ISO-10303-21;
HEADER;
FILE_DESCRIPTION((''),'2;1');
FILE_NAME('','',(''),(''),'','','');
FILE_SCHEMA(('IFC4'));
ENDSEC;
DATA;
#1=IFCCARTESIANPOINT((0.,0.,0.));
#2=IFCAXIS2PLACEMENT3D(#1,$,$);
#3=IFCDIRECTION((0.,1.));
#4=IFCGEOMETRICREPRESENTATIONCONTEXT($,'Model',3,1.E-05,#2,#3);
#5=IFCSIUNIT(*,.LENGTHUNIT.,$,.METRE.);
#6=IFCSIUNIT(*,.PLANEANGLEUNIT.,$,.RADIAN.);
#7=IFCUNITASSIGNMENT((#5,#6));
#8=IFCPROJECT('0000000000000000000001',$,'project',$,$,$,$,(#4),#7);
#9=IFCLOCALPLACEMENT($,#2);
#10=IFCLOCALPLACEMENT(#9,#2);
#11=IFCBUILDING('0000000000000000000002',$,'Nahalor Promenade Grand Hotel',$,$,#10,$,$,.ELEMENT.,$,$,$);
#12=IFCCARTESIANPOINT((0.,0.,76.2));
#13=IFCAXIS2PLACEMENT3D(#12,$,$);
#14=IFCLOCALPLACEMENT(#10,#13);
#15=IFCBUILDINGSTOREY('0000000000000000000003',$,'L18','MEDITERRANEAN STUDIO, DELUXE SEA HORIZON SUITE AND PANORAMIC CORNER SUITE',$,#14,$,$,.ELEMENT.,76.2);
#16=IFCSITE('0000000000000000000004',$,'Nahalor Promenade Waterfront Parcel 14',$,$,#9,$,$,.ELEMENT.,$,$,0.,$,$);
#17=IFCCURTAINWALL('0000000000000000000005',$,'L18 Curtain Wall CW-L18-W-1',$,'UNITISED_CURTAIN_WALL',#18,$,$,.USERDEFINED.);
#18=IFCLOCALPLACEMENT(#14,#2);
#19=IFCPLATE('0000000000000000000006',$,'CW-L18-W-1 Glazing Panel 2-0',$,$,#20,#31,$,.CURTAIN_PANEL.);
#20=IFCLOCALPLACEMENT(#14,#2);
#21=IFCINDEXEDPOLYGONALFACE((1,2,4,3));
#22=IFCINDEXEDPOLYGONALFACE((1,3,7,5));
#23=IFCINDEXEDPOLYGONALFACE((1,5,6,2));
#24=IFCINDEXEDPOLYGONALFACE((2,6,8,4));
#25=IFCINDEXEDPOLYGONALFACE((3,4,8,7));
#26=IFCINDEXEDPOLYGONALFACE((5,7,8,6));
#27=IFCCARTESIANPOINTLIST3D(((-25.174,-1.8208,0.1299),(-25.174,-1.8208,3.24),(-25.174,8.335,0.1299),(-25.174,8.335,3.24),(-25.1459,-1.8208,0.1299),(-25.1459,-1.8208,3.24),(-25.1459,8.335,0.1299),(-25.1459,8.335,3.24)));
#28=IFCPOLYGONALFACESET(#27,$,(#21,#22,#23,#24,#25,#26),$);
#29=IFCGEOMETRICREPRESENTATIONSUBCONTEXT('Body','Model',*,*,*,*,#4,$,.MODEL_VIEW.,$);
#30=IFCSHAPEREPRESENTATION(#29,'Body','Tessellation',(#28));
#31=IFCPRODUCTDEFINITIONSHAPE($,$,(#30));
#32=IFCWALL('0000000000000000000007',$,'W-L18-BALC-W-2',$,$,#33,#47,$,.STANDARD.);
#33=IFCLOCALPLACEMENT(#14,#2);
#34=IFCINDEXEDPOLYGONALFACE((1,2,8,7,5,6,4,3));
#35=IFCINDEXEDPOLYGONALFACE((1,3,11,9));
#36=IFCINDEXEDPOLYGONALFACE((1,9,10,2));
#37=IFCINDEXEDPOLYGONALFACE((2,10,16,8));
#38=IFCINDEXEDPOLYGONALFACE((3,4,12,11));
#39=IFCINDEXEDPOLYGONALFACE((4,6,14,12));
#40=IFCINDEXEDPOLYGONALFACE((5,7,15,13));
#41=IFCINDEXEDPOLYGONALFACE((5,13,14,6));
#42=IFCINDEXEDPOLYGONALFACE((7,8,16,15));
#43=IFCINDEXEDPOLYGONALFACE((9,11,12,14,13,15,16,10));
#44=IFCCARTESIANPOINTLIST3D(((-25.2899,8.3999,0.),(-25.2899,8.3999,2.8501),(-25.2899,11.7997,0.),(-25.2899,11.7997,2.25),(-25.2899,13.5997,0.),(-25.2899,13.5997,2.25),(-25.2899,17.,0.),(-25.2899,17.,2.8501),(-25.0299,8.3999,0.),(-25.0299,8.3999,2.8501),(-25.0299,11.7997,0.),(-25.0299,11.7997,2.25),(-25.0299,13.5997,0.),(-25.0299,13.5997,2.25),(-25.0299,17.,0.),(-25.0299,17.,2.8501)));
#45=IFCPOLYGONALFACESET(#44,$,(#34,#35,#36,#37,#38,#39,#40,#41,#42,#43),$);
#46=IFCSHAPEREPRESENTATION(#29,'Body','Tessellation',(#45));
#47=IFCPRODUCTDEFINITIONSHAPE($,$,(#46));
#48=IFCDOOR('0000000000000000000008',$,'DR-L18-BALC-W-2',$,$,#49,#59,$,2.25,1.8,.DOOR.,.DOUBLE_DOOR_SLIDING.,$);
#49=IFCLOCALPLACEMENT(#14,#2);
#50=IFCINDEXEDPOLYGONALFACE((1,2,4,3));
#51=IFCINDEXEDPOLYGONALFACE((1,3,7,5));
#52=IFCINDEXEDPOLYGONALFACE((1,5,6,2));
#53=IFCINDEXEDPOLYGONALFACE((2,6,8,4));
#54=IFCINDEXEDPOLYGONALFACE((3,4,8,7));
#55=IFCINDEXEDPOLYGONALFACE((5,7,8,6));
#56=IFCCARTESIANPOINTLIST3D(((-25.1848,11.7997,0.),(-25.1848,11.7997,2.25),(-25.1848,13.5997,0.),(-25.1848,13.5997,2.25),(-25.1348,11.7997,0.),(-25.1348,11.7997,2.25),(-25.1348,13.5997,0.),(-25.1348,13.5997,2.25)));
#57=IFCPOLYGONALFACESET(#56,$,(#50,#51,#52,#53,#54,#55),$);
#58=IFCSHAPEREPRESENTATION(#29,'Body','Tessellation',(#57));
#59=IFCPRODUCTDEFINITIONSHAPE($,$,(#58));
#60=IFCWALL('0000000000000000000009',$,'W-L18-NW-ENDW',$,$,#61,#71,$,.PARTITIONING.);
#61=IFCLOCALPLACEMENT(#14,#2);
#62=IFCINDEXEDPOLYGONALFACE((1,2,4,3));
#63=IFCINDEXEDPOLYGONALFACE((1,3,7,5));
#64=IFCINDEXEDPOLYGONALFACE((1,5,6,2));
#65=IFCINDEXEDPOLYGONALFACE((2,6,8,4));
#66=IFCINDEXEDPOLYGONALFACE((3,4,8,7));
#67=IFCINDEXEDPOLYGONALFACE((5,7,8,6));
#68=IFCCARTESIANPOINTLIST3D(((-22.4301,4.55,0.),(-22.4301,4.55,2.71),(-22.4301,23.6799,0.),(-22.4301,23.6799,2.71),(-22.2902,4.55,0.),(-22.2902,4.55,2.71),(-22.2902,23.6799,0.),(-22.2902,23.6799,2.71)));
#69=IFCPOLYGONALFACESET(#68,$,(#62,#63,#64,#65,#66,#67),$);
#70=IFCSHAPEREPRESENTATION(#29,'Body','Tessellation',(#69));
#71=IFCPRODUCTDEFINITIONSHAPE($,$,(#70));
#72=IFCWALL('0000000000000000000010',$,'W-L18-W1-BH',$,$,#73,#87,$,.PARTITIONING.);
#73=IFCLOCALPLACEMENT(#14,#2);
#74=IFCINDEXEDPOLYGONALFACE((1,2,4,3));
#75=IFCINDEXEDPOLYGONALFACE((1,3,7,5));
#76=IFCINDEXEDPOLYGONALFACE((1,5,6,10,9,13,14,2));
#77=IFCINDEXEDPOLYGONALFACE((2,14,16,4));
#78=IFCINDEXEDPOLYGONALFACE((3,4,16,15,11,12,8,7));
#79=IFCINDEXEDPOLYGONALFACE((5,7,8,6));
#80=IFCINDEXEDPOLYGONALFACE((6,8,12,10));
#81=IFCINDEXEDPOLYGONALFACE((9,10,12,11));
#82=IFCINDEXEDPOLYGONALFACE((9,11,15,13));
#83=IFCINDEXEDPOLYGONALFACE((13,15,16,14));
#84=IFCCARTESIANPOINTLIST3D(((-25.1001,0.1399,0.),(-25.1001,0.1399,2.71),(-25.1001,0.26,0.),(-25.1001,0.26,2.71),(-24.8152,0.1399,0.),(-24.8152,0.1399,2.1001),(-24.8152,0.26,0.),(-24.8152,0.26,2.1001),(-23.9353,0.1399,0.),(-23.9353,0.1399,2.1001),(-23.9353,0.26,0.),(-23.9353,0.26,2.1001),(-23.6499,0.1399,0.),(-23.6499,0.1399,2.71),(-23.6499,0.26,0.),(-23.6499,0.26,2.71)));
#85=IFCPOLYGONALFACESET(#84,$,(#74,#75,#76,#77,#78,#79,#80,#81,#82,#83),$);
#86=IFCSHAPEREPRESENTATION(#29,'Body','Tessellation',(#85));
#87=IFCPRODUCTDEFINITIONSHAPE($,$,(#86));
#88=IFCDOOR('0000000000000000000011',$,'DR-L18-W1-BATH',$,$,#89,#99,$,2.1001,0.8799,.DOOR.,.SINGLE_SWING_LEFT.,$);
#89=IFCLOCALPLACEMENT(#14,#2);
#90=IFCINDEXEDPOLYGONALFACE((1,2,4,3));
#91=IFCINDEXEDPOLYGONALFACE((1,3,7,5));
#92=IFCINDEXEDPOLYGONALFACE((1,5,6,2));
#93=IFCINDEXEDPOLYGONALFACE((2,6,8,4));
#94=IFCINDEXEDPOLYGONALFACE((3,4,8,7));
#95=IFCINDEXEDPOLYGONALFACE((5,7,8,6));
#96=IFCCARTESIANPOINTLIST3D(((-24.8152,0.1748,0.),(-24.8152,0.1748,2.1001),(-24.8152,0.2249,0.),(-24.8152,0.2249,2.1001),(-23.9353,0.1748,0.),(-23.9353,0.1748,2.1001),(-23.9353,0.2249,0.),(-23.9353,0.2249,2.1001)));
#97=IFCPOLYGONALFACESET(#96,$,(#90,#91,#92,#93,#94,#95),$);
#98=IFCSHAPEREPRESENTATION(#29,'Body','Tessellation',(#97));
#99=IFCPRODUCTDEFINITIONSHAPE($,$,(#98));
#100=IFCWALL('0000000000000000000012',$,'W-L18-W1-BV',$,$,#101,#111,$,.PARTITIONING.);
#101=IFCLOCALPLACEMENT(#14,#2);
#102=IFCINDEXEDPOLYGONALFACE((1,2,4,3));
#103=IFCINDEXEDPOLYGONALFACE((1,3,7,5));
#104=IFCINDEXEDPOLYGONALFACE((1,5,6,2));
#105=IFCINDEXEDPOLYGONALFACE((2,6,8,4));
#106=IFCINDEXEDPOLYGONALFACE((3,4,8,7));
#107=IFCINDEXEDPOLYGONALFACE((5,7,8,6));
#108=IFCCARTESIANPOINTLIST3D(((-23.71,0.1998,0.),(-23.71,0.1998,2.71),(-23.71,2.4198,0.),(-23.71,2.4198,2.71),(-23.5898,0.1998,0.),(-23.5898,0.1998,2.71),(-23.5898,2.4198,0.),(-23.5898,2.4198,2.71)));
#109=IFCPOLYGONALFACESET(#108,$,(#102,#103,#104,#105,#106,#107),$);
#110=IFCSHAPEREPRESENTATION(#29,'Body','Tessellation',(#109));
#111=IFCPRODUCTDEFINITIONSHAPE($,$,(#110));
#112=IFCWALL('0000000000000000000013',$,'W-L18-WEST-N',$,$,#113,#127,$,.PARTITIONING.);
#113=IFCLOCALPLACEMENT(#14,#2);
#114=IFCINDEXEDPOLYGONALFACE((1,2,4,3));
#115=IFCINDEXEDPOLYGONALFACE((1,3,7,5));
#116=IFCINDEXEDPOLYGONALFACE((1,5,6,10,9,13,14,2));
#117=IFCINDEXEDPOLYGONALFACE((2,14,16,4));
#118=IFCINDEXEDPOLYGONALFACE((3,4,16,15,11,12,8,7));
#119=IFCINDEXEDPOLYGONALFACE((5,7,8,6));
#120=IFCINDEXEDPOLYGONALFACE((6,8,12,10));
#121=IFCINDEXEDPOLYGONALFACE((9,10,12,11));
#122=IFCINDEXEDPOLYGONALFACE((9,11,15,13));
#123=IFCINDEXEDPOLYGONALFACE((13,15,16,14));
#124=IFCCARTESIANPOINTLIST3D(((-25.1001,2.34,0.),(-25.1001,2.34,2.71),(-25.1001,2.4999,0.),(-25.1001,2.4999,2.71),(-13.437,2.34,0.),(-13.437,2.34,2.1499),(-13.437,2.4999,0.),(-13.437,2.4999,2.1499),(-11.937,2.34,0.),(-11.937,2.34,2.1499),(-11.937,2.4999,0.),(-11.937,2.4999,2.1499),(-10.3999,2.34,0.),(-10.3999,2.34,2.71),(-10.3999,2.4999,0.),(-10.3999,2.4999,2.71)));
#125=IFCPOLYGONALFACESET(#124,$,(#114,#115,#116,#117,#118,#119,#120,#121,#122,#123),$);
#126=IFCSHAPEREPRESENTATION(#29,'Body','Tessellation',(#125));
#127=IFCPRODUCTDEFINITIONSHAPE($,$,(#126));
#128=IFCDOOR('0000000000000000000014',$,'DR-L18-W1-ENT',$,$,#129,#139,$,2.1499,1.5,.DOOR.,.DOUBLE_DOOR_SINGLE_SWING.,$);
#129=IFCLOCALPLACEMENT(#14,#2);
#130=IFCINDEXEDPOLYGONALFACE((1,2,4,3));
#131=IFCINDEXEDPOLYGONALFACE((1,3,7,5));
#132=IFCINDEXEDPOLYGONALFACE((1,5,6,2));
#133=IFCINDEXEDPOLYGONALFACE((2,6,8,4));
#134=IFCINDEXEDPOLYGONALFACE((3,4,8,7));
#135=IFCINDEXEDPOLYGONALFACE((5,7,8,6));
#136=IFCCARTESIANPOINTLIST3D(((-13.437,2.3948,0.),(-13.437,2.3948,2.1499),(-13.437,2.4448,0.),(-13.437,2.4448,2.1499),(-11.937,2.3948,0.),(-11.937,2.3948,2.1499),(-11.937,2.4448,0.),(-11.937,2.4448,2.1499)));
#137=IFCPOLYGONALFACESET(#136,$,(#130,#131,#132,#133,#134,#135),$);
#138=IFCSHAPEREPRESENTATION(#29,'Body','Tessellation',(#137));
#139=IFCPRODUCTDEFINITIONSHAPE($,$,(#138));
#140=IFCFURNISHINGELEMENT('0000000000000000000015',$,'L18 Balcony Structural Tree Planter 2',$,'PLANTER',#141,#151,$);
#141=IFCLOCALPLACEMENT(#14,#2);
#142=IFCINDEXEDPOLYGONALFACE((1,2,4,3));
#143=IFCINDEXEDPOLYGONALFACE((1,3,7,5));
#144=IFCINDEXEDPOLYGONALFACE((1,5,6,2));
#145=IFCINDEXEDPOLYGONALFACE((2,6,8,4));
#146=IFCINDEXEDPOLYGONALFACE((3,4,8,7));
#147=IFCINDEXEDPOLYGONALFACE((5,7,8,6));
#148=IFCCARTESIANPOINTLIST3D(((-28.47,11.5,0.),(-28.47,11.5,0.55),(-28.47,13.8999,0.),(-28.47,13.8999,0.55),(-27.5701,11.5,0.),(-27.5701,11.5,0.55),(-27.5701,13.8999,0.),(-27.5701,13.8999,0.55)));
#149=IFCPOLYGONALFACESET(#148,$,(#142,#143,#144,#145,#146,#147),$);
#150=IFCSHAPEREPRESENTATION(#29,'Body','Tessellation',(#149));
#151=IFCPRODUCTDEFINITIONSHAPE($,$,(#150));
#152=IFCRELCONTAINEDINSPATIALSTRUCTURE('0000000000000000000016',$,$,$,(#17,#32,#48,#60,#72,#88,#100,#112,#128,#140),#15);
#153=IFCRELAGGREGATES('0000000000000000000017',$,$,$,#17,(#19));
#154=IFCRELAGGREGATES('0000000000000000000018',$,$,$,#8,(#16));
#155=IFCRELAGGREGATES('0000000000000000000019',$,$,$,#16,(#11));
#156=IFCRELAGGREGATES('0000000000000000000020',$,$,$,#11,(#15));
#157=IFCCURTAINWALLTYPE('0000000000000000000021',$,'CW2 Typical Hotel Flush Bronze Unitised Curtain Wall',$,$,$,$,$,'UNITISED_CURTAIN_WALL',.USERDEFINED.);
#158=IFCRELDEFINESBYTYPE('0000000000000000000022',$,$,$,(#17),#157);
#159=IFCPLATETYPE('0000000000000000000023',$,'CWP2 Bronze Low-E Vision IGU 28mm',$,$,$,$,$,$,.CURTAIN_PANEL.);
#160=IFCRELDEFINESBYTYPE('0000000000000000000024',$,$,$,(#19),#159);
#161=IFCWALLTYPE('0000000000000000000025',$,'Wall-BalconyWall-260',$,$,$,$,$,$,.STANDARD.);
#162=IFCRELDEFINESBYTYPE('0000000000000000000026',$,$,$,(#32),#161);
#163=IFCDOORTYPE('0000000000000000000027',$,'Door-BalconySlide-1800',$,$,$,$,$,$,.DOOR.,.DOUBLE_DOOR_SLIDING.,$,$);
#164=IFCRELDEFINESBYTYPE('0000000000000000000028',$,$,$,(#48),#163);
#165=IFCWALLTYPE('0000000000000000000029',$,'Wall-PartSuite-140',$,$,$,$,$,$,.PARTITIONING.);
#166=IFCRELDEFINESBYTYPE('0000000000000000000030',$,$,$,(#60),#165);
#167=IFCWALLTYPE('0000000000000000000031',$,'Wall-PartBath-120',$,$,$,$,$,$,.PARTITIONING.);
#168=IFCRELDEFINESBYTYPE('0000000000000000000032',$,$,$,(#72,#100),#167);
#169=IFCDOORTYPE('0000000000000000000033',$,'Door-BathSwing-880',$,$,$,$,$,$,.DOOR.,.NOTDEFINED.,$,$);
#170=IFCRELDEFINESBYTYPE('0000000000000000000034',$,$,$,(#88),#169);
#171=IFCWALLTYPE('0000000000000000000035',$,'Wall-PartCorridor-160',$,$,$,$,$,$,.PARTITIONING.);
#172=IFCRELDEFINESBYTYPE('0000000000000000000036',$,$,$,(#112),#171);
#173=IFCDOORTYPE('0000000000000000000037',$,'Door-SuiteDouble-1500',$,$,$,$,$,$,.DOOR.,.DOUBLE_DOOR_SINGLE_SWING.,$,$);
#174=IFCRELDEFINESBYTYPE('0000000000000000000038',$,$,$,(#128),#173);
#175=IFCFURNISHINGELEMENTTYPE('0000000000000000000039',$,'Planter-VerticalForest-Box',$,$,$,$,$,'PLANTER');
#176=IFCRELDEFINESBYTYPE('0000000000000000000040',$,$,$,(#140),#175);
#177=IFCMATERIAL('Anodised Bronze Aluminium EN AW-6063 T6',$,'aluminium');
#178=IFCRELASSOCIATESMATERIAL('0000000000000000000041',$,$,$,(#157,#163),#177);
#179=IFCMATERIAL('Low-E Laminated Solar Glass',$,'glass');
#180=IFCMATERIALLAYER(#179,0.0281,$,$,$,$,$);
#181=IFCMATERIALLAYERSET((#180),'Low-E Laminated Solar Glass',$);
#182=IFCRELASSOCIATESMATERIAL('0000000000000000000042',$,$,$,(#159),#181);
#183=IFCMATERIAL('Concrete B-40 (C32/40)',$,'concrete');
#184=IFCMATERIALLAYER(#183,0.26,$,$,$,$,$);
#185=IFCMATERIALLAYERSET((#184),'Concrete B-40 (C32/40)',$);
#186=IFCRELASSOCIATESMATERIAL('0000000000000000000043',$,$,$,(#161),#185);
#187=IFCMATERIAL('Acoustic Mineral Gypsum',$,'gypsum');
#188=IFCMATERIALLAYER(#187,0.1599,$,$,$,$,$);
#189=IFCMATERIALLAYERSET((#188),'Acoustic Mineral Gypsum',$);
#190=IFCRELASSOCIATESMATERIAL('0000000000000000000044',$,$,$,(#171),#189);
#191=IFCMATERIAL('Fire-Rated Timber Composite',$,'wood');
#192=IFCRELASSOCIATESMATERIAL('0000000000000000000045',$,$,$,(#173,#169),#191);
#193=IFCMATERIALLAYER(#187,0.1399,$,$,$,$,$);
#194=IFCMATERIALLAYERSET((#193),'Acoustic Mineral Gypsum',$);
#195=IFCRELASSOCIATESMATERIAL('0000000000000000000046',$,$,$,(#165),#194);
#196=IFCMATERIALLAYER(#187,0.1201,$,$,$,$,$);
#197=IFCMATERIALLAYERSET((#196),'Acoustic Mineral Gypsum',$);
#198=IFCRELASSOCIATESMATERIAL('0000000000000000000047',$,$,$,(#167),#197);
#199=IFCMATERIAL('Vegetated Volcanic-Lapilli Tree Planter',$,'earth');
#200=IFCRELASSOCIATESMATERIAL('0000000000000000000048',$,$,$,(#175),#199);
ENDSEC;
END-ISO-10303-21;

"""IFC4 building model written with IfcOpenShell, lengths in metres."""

from ifc_helpers import new_model, si_unit, direction, frame, frame_2d, origin, origin_2d, place, context, subcontext, project, spatial, rectangle, extrude, source, transform, mapped, material, layer, layer_set, type_object, element, fill, aggregate, save


model = new_model("IFC4")

# Units and contexts
model_context = context("Model", 3, precision=1e-05, world=origin(), true_north=direction((0.0, 1.0)))
body_context = subcontext(model_context, "Body", "Model", "MODEL_VIEW")
ifc_project = project(units=[si_unit("LENGTHUNIT", "METRE"), si_unit("PLANEANGLEUNIT", "RADIAN")], contexts=[model_context])

# Site, building, storey
site_placement = place(None, origin())
site = spatial("IfcSite", under=ifc_project, at=site_placement, Name="Nahalor Promenade Waterfront Parcel 14", CompositionType="ELEMENT", RefElevation=0.0)
building_placement = place(site_placement, origin())
building = spatial("IfcBuilding", under=site, at=building_placement, Name="Nahalor Promenade Grand Hotel", CompositionType="ELEMENT")
storey_placement = place(building_placement, frame((0.0, 0.0, 76.2)))
storey = spatial("IfcBuildingStorey", under=building, at=storey_placement, Name="L18", Description="MEDITERRANEAN STUDIO, DELUXE SEA HORIZON SUITE AND PANORAMIC CORNER SUITE", CompositionType="ELEMENT", Elevation=76.2)

# Curtain wall, plate
ifc_material_1 = material(Name="Anodised Bronze Aluminium EN AW-6063 T6", Category="aluminium")
curtain_wall_type = type_object("IfcCurtainWallType", Name="CW2 Typical Hotel Flush Bronze Unitised Curtain Wall", ElementType="UNITISED_CURTAIN_WALL", PredefinedType="USERDEFINED", material=ifc_material_1)
curtain_wall_placement = place(storey_placement, origin())
curtain_wall = element("IfcCurtainWall", 1, at=curtain_wall_placement, inside=storey, type_object=curtain_wall_type, Name="L18 Curtain Wall CW-L18-W-1", ObjectType="UNITISED_CURTAIN_WALL", PredefinedType="USERDEFINED")
ifc_material_2 = material(Name="Low-E Laminated Solar Glass", Category="glass")
ifc_layer_1 = layer(ifc_material_2, 0.0281)
ifc_layer_set_1 = layer_set([ifc_layer_1], Name="Low-E Laminated Solar Glass")
plate_type = type_object("IfcPlateType", Name="CWP2 Bronze Low-E Vision IGU 28mm", PredefinedType="CURTAIN_PANEL", material=ifc_layer_set_1)
shared_shape_1 = source(origin(), body_context, "Body", "SweptSolid", [
    extrude(rectangle(XDim=10.1558, YDim=0.0281, at=origin_2d()), origin(), (0.0, 0.0, 1.0), 3.1101),
])
plate_placement = place(storey_placement, frame((-25.1599, 3.2571, 0.1299), z_axis=(0.0, 0.0, 1.0), x_axis=(0.0, 1.0, 0.0)))
plate = element("IfcPlate", 2, at=plate_placement, type_object=plate_type, Name="CW-L18-W-1 Glazing Panel 2-0", PredefinedType="CURTAIN_PANEL", context=body_context, shape_type="MappedRepresentation", body=[
    mapped(shared_shape_1, transform((0.0, 0.0, 0.0), scale=1.0)),
])
aggregate(curtain_wall, [plate])

# Wall, opening, door
ifc_material_3 = material(Name="Concrete B-40 (C32/40)", Category="concrete")
ifc_layer_2 = layer(ifc_material_3, 0.26)
ifc_layer_set_2 = layer_set([ifc_layer_2], Name="Concrete B-40 (C32/40)")
wall_type_1 = type_object("IfcWallType", Name="Wall-BalconyWall-260", PredefinedType="STANDARD", material=ifc_layer_set_2)
shared_shape_2 = source(origin(), body_context, "Body", "SweptSolid", [
    extrude(rectangle(XDim=8.6001, YDim=0.26, at=frame_2d((4.3, 0.0))), origin(), (0.0, 0.0, 1.0), 2.8501),
])
wall_1_placement = place(storey_placement, frame((-25.1599, 8.3999, 0.0), z_axis=(0.0, 0.0, 1.0), x_axis=(0.0, 1.0, 0.0)))
wall_1 = element("IfcWall", 3, at=wall_1_placement, inside=storey, type_object=wall_type_1, Name="W-L18-BALC-W-2", PredefinedType="STANDARD", context=body_context, shape_type="MappedRepresentation", body=[
    mapped(shared_shape_2, transform((0.0, 0.0, 0.0), scale=1.0)),
])
opening_1_placement = place(wall_1_placement, frame((3.3999, 0.0, 0.0)))
opening_1 = element("IfcOpeningElement", 4, at=opening_1_placement, cuts=wall_1, PredefinedType="OPENING", context=body_context, shape_type="SweptSolid", body=[
    extrude(rectangle(XDim=1.8, YDim=2.25, at=frame_2d((0.8999, 1.125))), frame((0.0, 0.1399, 0.0), z_axis=(0.0, -1.0, 0.0), x_axis=(1.0, 0.0, 0.0)), (0.0, 0.0, 1.0), 0.28),
])
door_type_1 = type_object("IfcDoorType", Name="Door-BalconySlide-1800", OperationType="DOUBLE_DOOR_SLIDING", PredefinedType="DOOR", material=ifc_material_1)
shared_shape_3 = source(origin(), body_context, "Body", "SweptSolid", [
    extrude(rectangle(XDim=1.8, YDim=2.25, at=frame_2d((0.8999, 1.125))), frame((0.0, 0.0249, 0.0), z_axis=(0.0, -1.0, 0.0), x_axis=(1.0, 0.0, 0.0)), (0.0, 0.0, 1.0), 0.05),
])
door_1_placement = place(opening_1_placement, origin())
door_1 = element("IfcDoor", 5, at=door_1_placement, inside=storey, type_object=door_type_1, Name="DR-L18-BALC-W-2", OperationType="DOUBLE_DOOR_SLIDING", OverallHeight=2.25, OverallWidth=1.8, PredefinedType="DOOR", context=body_context, shape_type="MappedRepresentation", body=[
    mapped(shared_shape_3, transform((0.0, 0.0, 0.0), scale=1.0)),
])
fill(opening_1, door_1)

# Shared definitions
ifc_material_4 = material(Name="Acoustic Mineral Gypsum", Category="gypsum")
ifc_layer_3 = layer(ifc_material_4, 0.1599)
ifc_layer_set_3 = layer_set([ifc_layer_3], Name="Acoustic Mineral Gypsum")
wall_type_2 = type_object("IfcWallType", Name="Wall-PartCorridor-160", PredefinedType="PARTITIONING", material=ifc_layer_set_3)
ifc_material_5 = material(Name="Fire-Rated Timber Composite", Category="wood")
door_type_2 = type_object("IfcDoorType", Name="Door-SuiteDouble-1500", OperationType="DOUBLE_DOOR_SINGLE_SWING", PredefinedType="DOOR", material=ifc_material_5)
shared_shape_4 = source(origin(), body_context, "Body", "SweptSolid", [
    extrude(rectangle(XDim=1.5, YDim=2.1499, at=frame_2d((0.75, 1.075))), frame((0.0, 0.0249, 0.0), z_axis=(0.0, -1.0, 0.0), x_axis=(1.0, 0.0, 0.0)), (0.0, 0.0, 1.0), 0.05),
])

# Wall
ifc_layer_4 = layer(ifc_material_4, 0.1399)
ifc_layer_set_4 = layer_set([ifc_layer_4], Name="Acoustic Mineral Gypsum")
wall_type_3 = type_object("IfcWallType", Name="Wall-PartSuite-140", PredefinedType="PARTITIONING", material=ifc_layer_set_4)
shared_shape_5 = source(origin(), body_context, "Body", "SweptSolid", [
    extrude(rectangle(XDim=19.1299, YDim=0.1399, at=frame_2d((9.5649, 0.0))), origin(), (0.0, 0.0, 1.0), 2.71),
])
wall_2_placement = place(storey_placement, frame((-22.3601, 4.55, 0.0), z_axis=(0.0, 0.0, 1.0), x_axis=(0.0, 1.0, 0.0)))
element("IfcWall", 6, at=wall_2_placement, inside=storey, type_object=wall_type_3, Name="W-L18-NW-ENDW", PredefinedType="PARTITIONING", context=body_context, shape_type="MappedRepresentation", body=[
    mapped(shared_shape_5, transform((0.0, 0.0, 0.0), scale=1.0)),
])

# Wall, opening, door
ifc_layer_5 = layer(ifc_material_4, 0.1201)
ifc_layer_set_5 = layer_set([ifc_layer_5], Name="Acoustic Mineral Gypsum")
wall_type_4 = type_object("IfcWallType", Name="Wall-PartBath-120", PredefinedType="PARTITIONING", material=ifc_layer_set_5)
shared_shape_6 = source(origin(), body_context, "Body", "SweptSolid", [
    extrude(rectangle(XDim=1.4502, YDim=0.1201, at=frame_2d((0.7251, 0.0))), origin(), (0.0, 0.0, 1.0), 2.71),
])
wall_3_placement = place(storey_placement, frame((-25.1001, 0.2, 0.0), z_axis=(0.0, 0.0, 1.0), x_axis=(1.0, 0.0, 0.0)))
wall_3 = element("IfcWall", 7, at=wall_3_placement, inside=storey, type_object=wall_type_4, Name="W-L18-W1-BH", PredefinedType="PARTITIONING", context=body_context, shape_type="MappedRepresentation", body=[
    mapped(shared_shape_6, transform((0.0, 0.0, 0.0), scale=1.0)),
])
opening_2_placement = place(wall_3_placement, frame((0.2849, 0.0, 0.0)))
opening_2 = element("IfcOpeningElement", 8, at=opening_2_placement, cuts=wall_3, PredefinedType="OPENING", context=body_context, shape_type="SweptSolid", body=[
    extrude(rectangle(XDim=0.8799, YDim=2.1001, at=frame_2d((0.4399, 1.05))), frame((0.0, 0.0701, 0.0), z_axis=(0.0, -1.0, 0.0), x_axis=(1.0, 0.0, 0.0)), (0.0, 0.0, 1.0), 0.1401),
])
door_type_3 = type_object("IfcDoorType", Name="Door-BathSwing-880", OperationType="NOTDEFINED", PredefinedType="DOOR", material=ifc_material_5)
shared_shape_7 = source(origin(), body_context, "Body", "SweptSolid", [
    extrude(rectangle(XDim=0.8799, YDim=2.1001, at=frame_2d((0.4399, 1.05))), frame((0.0, 0.0249, 0.0), z_axis=(0.0, -1.0, 0.0), x_axis=(1.0, 0.0, 0.0)), (0.0, 0.0, 1.0), 0.05),
])
door_2_placement = place(opening_2_placement, origin())
door_2 = element("IfcDoor", 9, at=door_2_placement, inside=storey, type_object=door_type_3, Name="DR-L18-W1-BATH", OperationType="SINGLE_SWING_LEFT", OverallHeight=2.1001, OverallWidth=0.8799, PredefinedType="DOOR", context=body_context, shape_type="MappedRepresentation", body=[
    mapped(shared_shape_7, transform((0.0, 0.0, 0.0), scale=1.0)),
])
fill(opening_2, door_2)

# Wall
shared_shape_8 = source(origin(), body_context, "Body", "SweptSolid", [
    extrude(rectangle(XDim=2.22, YDim=0.1201, at=frame_2d((1.1099, 0.0))), origin(), (0.0, 0.0, 1.0), 2.71),
])
wall_4_placement = place(storey_placement, frame((-23.6499, 0.2, 0.0), z_axis=(0.0, 0.0, 1.0), x_axis=(0.0, 1.0, 0.0)))
element("IfcWall", 10, at=wall_4_placement, inside=storey, type_object=wall_type_4, Name="W-L18-W1-BV", PredefinedType="PARTITIONING", context=body_context, shape_type="MappedRepresentation", body=[
    mapped(shared_shape_8, transform((0.0, 0.0, 0.0), scale=1.0)),
])

# Wall, opening, door
shared_shape_9 = source(origin(), body_context, "Body", "SweptSolid", [
    extrude(rectangle(XDim=14.7002, YDim=0.1599, at=frame_2d((7.3501, 0.0))), origin(), (0.0, 0.0, 1.0), 2.71),
])
wall_5_placement = place(storey_placement, frame((-25.1001, 2.4199, 0.0), z_axis=(0.0, 0.0, 1.0), x_axis=(1.0, 0.0, 0.0)))
wall_5 = element("IfcWall", 11, at=wall_5_placement, inside=storey, type_object=wall_type_2, Name="W-L18-WEST-N", PredefinedType="PARTITIONING", context=body_context, shape_type="MappedRepresentation", body=[
    mapped(shared_shape_9, transform((0.0, 0.0, 0.0), scale=1.0)),
])
opening_3_placement = place(wall_5_placement, frame((11.6631, 0.0, 0.0)))
opening_3 = element("IfcOpeningElement", 12, at=opening_3_placement, cuts=wall_5, PredefinedType="OPENING", context=body_context, shape_type="SweptSolid", body=[
    extrude(rectangle(XDim=1.5, YDim=2.1499, at=frame_2d((0.75, 1.075))), frame((0.0, 0.0898, 0.0), z_axis=(0.0, -1.0, 0.0), x_axis=(1.0, 0.0, 0.0)), (0.0, 0.0, 1.0), 0.1799),
])
door_3_placement = place(opening_3_placement, origin())
door_3 = element("IfcDoor", 13, at=door_3_placement, inside=storey, type_object=door_type_2, Name="DR-L18-W1-ENT", OperationType="DOUBLE_DOOR_SINGLE_SWING", OverallHeight=2.1499, OverallWidth=1.5, PredefinedType="DOOR", context=body_context, shape_type="MappedRepresentation", body=[
    mapped(shared_shape_4, transform((0.0, 0.0, 0.0), scale=1.0)),
])
fill(opening_3, door_3)

# Furnishing element
ifc_material_6 = material(Name="Vegetated Volcanic-Lapilli Tree Planter", Category="earth")
furnishing_element_type = type_object("IfcFurnishingElementType", Name="Planter-VerticalForest-Box", ElementType="PLANTER", material=ifc_material_6)
shared_shape_10 = source(origin(), body_context, "Body", "SweptSolid", [
    extrude(rectangle(XDim=2.3999, YDim=0.8999, at=origin_2d()), origin(), (0.0, 0.0, 1.0), 0.55),
])
furnishing_placement = place(storey_placement, frame((-28.02, 12.7, 0.0), z_axis=(0.0, 0.0, 1.0), x_axis=(0.0, 1.0, 0.0)))
element("IfcFurnishingElement", 14, at=furnishing_placement, inside=storey, type_object=furnishing_element_type, Name="L18 Balcony Structural Tree Planter 2", ObjectType="PLANTER", context=body_context, shape_type="MappedRepresentation", body=[
    mapped(shared_shape_10, transform((0.0, 0.0, 0.0), scale=1.0)),
])

save(model, "model.ifc")
